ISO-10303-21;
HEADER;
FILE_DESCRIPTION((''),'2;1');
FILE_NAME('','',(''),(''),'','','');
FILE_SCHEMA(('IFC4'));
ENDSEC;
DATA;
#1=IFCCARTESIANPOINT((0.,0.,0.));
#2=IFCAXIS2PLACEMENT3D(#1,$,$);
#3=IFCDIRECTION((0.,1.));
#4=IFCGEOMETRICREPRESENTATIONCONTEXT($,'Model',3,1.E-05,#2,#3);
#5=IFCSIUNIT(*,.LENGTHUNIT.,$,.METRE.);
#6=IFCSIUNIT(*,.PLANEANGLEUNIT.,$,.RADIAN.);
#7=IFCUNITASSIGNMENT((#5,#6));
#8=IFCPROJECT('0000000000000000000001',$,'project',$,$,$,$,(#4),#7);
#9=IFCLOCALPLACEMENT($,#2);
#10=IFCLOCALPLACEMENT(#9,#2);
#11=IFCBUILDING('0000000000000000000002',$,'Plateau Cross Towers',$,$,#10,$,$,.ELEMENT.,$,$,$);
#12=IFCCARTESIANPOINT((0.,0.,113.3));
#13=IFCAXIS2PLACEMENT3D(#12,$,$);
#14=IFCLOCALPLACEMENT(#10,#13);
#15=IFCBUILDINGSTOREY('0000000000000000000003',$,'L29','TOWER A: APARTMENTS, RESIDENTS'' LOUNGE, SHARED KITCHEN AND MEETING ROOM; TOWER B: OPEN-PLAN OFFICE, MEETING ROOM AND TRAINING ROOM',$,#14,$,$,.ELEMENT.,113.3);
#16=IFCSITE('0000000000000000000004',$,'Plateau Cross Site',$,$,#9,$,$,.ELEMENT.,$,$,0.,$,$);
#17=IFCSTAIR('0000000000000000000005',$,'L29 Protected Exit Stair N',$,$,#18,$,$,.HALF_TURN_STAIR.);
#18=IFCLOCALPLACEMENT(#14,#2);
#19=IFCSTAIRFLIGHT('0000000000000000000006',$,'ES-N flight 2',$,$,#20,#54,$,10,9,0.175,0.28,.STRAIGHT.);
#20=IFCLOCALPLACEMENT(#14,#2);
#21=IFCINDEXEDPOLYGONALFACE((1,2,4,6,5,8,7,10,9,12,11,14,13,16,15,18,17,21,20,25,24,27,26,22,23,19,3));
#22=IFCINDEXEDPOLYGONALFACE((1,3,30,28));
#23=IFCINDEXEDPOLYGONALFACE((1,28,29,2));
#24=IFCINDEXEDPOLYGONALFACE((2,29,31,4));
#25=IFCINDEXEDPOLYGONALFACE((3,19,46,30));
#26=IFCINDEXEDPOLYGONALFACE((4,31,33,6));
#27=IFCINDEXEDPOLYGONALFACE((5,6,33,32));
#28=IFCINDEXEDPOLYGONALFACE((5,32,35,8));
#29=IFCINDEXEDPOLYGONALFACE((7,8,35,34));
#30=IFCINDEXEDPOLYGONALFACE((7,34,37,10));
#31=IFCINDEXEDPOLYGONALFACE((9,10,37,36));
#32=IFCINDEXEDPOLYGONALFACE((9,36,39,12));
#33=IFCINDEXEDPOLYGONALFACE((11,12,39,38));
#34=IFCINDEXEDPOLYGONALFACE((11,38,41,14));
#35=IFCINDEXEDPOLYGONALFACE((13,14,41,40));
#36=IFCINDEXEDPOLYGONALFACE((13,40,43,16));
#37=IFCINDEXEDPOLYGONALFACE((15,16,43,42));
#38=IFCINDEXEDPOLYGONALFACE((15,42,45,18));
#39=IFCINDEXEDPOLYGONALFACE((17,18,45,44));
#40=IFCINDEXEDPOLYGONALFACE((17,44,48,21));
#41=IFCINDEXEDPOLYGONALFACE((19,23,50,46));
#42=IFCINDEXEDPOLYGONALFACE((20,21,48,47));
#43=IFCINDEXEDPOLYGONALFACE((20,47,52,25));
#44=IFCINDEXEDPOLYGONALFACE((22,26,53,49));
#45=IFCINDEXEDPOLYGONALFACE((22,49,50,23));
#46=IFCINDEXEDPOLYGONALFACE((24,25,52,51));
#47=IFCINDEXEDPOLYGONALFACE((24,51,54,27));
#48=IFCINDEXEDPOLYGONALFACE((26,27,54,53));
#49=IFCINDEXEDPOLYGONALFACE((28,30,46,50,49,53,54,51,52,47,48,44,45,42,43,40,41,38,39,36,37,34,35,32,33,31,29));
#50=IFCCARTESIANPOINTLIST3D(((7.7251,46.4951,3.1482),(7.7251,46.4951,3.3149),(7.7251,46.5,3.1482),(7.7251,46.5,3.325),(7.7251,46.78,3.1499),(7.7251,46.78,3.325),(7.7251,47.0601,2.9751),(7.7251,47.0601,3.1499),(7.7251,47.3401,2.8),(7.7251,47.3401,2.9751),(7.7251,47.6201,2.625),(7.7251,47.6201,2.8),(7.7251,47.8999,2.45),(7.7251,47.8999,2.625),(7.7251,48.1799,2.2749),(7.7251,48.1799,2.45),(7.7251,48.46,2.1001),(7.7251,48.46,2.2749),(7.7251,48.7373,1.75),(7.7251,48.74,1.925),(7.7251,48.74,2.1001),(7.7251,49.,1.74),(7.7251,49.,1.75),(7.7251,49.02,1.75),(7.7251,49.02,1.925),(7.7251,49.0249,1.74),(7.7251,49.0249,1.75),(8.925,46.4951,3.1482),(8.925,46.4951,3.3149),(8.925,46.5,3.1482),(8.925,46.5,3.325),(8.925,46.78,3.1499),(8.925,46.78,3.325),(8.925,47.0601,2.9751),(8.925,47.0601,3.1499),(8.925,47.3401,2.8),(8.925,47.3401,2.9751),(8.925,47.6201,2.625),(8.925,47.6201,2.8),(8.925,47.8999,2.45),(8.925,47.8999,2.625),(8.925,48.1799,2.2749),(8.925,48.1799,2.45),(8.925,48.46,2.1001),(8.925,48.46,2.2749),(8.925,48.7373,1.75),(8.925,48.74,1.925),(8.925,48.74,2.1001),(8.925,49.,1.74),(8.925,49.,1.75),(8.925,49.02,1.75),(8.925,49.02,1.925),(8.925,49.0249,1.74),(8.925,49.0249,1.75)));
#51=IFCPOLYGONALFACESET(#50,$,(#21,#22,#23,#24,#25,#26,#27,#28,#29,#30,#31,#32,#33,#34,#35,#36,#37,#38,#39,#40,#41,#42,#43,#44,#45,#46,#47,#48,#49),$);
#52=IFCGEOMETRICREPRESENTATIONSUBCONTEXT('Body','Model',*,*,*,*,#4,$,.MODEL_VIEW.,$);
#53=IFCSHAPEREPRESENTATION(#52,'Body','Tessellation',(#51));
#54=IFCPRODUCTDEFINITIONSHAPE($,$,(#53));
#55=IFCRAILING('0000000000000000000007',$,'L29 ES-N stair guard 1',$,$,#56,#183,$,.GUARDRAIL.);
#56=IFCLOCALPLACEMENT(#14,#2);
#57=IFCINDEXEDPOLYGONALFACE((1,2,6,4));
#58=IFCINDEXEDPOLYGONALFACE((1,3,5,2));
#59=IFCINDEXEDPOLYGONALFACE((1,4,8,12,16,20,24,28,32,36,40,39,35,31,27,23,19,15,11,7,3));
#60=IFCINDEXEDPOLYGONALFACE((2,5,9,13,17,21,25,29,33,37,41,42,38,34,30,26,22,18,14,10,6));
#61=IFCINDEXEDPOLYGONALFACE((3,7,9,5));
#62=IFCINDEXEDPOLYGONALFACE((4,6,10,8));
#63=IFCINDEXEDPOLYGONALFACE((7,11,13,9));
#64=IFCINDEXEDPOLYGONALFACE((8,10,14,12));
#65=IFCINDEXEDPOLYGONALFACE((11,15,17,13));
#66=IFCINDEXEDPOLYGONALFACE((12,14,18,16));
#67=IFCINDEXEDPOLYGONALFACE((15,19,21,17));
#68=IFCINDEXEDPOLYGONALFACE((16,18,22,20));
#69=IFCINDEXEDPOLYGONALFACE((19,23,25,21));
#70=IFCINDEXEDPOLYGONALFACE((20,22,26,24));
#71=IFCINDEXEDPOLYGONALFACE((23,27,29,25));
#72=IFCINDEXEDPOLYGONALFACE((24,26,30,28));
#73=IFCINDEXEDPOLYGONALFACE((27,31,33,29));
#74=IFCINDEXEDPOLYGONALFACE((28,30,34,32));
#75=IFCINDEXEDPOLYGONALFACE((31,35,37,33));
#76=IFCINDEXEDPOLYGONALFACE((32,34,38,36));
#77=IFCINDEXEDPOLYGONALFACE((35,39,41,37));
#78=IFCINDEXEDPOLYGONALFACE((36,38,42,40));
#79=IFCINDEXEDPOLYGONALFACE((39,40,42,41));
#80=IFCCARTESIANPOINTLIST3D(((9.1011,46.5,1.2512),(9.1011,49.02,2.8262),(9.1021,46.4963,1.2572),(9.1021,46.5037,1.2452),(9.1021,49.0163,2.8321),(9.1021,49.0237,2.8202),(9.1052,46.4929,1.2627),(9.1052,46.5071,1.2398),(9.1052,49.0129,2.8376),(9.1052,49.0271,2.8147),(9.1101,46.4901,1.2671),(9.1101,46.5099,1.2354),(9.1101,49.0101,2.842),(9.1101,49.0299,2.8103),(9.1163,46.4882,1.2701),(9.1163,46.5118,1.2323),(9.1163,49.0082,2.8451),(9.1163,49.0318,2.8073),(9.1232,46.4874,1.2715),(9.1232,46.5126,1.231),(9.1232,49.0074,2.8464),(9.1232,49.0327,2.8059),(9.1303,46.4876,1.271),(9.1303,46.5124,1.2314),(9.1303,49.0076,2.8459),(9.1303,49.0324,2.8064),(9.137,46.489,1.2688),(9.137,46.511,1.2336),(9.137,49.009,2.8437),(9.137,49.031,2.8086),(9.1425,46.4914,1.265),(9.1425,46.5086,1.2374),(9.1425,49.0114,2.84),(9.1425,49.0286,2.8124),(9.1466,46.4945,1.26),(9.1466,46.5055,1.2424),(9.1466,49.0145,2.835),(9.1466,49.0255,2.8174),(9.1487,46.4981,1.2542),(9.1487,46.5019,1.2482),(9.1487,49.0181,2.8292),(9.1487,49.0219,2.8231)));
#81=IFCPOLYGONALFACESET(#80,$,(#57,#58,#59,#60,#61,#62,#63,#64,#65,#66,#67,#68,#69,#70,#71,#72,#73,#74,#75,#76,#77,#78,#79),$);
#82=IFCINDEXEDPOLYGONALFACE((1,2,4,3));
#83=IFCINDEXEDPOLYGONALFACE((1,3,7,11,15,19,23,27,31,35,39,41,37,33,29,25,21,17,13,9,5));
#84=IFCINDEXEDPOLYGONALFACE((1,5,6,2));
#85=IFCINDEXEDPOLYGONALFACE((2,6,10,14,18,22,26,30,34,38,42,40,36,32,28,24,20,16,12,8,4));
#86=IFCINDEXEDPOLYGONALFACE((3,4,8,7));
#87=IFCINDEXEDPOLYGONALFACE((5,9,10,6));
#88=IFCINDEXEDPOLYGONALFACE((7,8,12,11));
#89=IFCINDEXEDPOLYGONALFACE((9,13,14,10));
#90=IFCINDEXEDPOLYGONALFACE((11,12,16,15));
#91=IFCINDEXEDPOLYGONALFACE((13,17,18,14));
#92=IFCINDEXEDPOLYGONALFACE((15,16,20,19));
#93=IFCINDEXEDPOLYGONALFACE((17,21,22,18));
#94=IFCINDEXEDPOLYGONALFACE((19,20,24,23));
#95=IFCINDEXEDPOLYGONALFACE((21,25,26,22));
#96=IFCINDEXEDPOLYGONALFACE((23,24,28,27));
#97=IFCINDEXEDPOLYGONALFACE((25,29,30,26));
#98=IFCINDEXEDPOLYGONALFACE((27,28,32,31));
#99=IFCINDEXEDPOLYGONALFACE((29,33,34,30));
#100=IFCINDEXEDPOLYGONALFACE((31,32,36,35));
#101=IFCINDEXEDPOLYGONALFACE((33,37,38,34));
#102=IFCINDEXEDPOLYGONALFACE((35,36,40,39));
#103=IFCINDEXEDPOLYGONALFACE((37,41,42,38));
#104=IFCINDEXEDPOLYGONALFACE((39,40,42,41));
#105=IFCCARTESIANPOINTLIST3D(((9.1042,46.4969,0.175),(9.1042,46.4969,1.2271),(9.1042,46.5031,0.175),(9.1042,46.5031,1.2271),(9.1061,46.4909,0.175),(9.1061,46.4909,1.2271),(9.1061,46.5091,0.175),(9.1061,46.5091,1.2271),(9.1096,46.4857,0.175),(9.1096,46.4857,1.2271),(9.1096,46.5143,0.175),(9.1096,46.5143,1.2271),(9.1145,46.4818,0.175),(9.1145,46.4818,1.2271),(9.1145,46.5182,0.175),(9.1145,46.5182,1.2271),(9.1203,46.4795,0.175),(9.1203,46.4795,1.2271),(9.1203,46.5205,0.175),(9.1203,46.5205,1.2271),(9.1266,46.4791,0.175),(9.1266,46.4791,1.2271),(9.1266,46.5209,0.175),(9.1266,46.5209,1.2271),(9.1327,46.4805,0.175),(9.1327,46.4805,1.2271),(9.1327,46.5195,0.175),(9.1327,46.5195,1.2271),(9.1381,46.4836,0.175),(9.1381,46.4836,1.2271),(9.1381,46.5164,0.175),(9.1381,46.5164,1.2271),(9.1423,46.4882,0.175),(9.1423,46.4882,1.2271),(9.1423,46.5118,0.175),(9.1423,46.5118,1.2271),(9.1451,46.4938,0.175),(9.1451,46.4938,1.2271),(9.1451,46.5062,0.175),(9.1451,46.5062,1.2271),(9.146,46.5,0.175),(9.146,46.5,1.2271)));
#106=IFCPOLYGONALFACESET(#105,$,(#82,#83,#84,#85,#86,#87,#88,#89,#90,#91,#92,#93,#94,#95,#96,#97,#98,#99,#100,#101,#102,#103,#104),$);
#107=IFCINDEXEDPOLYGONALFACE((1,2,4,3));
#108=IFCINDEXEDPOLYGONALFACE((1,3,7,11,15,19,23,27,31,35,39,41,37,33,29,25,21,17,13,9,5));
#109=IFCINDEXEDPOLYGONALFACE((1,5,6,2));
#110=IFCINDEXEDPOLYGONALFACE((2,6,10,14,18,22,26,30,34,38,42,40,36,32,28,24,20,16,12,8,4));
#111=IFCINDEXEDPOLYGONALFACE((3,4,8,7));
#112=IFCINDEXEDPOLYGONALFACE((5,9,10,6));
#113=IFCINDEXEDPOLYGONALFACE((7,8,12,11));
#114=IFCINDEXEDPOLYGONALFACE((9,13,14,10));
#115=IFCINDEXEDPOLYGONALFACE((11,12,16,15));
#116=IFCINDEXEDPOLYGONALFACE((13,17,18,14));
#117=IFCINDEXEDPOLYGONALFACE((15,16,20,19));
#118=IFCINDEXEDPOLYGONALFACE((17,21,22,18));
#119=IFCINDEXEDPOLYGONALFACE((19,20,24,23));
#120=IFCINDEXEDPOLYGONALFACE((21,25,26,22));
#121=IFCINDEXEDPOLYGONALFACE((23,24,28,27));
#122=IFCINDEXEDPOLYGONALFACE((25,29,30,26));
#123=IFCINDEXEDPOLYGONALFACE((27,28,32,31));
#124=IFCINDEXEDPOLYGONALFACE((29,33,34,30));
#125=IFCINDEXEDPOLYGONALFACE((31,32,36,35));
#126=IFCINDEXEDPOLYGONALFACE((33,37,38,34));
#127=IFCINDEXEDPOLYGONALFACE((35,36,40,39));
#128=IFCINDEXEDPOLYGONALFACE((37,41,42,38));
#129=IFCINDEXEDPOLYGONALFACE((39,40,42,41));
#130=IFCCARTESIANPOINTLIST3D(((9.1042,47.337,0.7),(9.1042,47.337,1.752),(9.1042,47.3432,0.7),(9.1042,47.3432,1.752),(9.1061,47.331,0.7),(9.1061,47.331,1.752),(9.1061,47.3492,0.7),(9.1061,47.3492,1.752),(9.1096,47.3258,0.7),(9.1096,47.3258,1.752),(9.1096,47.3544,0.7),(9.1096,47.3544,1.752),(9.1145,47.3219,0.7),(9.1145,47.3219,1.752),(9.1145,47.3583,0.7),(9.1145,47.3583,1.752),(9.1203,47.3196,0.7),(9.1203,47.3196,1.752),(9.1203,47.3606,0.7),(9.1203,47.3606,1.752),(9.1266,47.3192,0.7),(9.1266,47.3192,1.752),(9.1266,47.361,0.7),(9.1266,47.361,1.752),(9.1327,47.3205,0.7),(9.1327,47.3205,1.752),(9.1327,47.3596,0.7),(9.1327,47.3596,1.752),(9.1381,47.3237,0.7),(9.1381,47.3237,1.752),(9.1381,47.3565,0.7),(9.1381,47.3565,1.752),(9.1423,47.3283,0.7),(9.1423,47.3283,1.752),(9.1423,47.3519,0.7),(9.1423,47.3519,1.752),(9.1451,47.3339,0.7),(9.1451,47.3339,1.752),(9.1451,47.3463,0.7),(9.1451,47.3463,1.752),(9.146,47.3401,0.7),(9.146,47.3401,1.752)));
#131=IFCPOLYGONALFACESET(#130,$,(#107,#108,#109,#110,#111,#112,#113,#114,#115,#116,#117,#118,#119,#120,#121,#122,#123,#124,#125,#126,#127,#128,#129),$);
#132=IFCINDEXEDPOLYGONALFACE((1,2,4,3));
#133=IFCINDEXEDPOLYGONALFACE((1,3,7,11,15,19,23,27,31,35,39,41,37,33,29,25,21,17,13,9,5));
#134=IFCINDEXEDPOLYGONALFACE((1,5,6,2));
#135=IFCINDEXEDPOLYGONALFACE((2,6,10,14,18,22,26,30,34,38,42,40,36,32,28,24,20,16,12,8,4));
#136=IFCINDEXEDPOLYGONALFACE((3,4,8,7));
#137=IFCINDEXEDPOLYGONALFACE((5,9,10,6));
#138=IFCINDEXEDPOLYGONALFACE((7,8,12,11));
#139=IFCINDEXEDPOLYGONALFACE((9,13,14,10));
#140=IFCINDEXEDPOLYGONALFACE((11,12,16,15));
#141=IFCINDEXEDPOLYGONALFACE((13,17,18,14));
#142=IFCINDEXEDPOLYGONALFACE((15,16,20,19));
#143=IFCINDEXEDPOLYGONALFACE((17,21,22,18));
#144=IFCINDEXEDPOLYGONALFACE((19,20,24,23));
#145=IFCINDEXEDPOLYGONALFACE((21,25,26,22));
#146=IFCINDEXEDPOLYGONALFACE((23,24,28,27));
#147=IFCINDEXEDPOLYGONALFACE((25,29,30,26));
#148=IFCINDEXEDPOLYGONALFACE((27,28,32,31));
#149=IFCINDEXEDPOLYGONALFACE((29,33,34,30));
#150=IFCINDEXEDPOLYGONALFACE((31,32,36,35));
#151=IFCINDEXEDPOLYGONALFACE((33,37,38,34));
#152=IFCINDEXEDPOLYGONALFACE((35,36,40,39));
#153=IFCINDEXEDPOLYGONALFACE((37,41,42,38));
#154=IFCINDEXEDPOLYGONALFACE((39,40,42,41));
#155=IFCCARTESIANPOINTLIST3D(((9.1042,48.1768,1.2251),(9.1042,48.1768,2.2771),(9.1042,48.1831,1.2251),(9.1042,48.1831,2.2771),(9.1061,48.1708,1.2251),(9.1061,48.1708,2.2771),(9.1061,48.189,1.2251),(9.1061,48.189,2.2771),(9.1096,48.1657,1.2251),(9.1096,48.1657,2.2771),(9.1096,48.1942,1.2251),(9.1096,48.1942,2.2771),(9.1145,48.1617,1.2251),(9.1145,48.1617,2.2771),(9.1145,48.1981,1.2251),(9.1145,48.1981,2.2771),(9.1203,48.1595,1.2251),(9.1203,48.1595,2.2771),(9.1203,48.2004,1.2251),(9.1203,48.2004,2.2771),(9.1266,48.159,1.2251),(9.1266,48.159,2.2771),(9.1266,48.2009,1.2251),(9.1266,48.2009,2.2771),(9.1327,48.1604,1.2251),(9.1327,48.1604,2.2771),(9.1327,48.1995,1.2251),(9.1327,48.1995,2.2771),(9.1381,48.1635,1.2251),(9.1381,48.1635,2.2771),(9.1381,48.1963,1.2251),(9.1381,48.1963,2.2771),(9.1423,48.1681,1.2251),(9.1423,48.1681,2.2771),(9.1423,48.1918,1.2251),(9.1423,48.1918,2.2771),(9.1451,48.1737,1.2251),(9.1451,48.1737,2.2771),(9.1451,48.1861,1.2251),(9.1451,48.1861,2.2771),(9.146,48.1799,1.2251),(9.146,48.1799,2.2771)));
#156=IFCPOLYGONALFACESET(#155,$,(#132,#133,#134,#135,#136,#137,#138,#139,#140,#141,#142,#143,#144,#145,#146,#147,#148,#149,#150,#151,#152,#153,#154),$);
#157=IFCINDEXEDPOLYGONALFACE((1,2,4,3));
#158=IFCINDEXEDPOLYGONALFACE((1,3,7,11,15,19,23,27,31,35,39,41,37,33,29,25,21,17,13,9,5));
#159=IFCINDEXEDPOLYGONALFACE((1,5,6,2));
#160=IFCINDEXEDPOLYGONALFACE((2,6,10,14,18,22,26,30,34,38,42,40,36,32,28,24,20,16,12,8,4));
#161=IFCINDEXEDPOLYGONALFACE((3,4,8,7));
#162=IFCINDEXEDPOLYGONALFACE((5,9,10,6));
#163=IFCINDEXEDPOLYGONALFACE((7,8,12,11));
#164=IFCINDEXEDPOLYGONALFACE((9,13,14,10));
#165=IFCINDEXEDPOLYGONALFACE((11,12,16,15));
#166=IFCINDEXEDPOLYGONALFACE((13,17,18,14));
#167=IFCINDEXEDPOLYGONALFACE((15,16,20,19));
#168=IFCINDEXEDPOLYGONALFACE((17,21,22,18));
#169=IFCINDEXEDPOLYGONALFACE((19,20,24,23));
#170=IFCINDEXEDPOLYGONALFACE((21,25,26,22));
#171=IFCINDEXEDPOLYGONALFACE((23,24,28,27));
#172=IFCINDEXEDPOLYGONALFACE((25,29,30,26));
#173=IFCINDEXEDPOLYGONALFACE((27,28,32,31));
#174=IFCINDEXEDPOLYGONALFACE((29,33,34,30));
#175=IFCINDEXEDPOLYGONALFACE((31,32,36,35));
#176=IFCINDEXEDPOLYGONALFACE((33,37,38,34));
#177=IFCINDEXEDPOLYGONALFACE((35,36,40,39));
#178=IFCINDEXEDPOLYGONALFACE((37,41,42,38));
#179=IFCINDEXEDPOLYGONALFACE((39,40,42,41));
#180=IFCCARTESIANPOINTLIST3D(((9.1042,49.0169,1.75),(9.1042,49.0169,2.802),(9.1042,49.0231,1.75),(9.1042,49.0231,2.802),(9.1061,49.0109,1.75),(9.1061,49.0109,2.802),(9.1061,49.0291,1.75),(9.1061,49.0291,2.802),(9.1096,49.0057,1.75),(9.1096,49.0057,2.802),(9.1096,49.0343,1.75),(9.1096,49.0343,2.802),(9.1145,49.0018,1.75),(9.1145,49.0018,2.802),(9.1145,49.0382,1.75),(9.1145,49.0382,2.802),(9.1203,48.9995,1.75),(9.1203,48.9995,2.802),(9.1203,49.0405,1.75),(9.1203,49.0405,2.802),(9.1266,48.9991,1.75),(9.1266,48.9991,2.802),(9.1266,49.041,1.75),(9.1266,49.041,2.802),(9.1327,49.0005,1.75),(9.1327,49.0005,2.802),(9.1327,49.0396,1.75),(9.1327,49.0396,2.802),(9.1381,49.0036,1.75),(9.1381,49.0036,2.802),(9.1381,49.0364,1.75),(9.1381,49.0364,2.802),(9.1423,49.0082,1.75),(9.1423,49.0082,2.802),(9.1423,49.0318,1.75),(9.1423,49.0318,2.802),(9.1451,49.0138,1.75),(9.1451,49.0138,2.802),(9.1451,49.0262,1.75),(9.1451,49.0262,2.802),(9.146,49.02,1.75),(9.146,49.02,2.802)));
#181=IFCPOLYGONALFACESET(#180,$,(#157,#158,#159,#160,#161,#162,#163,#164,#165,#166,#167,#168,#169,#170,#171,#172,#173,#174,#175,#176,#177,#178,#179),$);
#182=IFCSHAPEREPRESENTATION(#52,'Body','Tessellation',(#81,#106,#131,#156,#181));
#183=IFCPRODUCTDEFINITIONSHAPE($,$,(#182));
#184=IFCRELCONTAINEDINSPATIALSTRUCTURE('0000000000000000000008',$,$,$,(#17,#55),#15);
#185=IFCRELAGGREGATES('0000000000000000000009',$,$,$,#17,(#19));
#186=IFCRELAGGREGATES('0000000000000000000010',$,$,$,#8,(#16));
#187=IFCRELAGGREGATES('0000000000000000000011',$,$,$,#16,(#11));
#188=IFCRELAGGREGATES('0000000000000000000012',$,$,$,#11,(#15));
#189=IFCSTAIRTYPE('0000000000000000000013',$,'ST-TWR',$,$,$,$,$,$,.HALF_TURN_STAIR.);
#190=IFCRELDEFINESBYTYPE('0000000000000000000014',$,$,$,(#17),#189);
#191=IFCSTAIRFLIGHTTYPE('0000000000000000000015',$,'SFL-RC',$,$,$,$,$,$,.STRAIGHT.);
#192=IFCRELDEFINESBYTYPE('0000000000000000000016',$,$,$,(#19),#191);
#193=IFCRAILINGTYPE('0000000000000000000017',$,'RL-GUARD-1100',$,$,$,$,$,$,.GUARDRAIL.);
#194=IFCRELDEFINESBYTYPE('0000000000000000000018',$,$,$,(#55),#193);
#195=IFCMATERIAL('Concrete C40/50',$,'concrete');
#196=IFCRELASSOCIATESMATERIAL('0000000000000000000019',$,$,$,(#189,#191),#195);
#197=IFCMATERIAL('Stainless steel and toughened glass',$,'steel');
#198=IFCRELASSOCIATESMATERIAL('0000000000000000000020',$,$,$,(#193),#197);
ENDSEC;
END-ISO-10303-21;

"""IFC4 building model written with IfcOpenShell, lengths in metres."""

from ifc_helpers import new_model, si_unit, direction, frame, origin, origin_2d, place, context, subcontext, project, spatial, polyline, circle, outline, extrude, material, type_object, element, aggregate, save


model = new_model("IFC4")

# Units and contexts
model_context = context("Model", 3, precision=1e-05, world=origin(), true_north=direction((0.0, 1.0)))
body_context = subcontext(model_context, "Body", "Model", "MODEL_VIEW")
ifc_project = project(units=[si_unit("LENGTHUNIT", "METRE"), si_unit("PLANEANGLEUNIT", "RADIAN")], contexts=[model_context])

# Site, building, storey
site_placement = place(None, origin())
site = spatial("IfcSite", under=ifc_project, at=site_placement, Name="Plateau Cross Site", CompositionType="ELEMENT", RefElevation=0.0)
building_placement = place(site_placement, origin())
building = spatial("IfcBuilding", under=site, at=building_placement, Name="Plateau Cross Towers", CompositionType="ELEMENT")
storey_placement = place(building_placement, frame((0.0, 0.0, 113.3)))
storey = spatial("IfcBuildingStorey", under=building, at=storey_placement, Name="L29", Description="TOWER A: APARTMENTS, RESIDENTS' LOUNGE, SHARED KITCHEN AND MEETING ROOM; TOWER B: OPEN-PLAN OFFICE, MEETING ROOM AND TRAINING ROOM", CompositionType="ELEMENT", Elevation=113.3)

# Stair, stair flight
ifc_material_1 = material(Name="Concrete C40/50", Category="concrete")
stair_type = type_object("IfcStairType", Name="ST-TWR", PredefinedType="HALF_TURN_STAIR", material=ifc_material_1)
stair_placement = place(storey_placement, origin())
stair = element("IfcStair", 1, at=stair_placement, inside=storey, type_object=stair_type, Name="L29 Protected Exit Stair N", PredefinedType="HALF_TURN_STAIR")
stair_flight_type = type_object("IfcStairFlightType", Name="SFL-RC", PredefinedType="STRAIGHT", material=ifc_material_1)
stair_flight_1_placement = place(storey_placement, frame((8.325, 49.02, 1.75), z_axis=(0.0, 0.0, 1.0), x_axis=(0.0, -1.0, 0.0)))
stair_flight_1 = element("IfcStairFlight", 2, at=stair_flight_1_placement, type_object=stair_flight_type, Name="ES-N flight 2", NumberOfRisers=10, NumberOfTreads=9, PredefinedType="STRAIGHT", RiserHeight=0.175, TreadLength=0.28, context=body_context, shape_type="SweptSolid", body=[
    extrude(outline(polyline([(-0.0049, -0.01), (-0.0049, 0.0), (0.0, 0.0), (0.0, 0.175), (0.28, 0.175), (0.28, 0.3501), (0.5601, 0.3501), (0.5601, 0.5249), (0.8401, 0.5249), (0.8401, 0.7), (1.1201, 0.7), (1.1201, 0.875), (1.3999, 0.875), (1.3999, 1.05), (1.6799, 1.05), (1.6799, 1.2251), (1.96, 1.2251), (1.96, 1.3999), (2.24, 1.3999), (2.24, 1.575), (2.52, 1.575), (2.5249, 1.5649), (2.5249, 1.3982), (2.52, 1.3982), (0.2827, 0.0), (0.02, 0.0), (0.02, -0.01), (-0.0049, -0.01)])), frame((0.0, 0.6001, 0.0), z_axis=(0.0, -1.0, 0.0), x_axis=(1.0, 0.0, 0.0)), (0.0, 0.0, 1.0), 1.2),
])
aggregate(stair, [stair_flight_1])

# Railing
ifc_material_2 = material(Name="Stainless steel and toughened glass", Category="steel")
railing_type_1 = type_object("IfcRailingType", Name="RL-GUARD-1100", PredefinedType="GUARDRAIL", material=ifc_material_2)
railing_1_placement = place(storey_placement, frame((9.125, 46.5, 0.175)))
element("IfcRailing", 3, at=railing_1_placement, inside=storey, type_object=railing_type_1, Name="L29 ES-N stair guard 1", PredefinedType="GUARDRAIL", context=body_context, shape_type="SweptSolid", body=[
    extrude(circle(Radius=0.0239, at=origin_2d()), frame((0.0, 0.0, 1.0762), z_axis=(0.0, 0.848008, 0.529984), x_axis=(-1.0, 0.0, 0.0)), (0.0, 0.0, 1.0), 2.9717),
    extrude(circle(Radius=0.021, at=origin_2d()), origin(), (0.0, 0.0, 1.0), 1.052),
    extrude(circle(Radius=0.021, at=origin_2d()), frame((0.0, 0.8401, 0.5249)), (0.0, 0.0, 1.0), 1.052),
    extrude(circle(Radius=0.021, at=origin_2d()), frame((0.0, 1.6799, 1.05)), (0.0, 0.0, 1.0), 1.052),
    extrude(circle(Radius=0.021, at=origin_2d()), frame((0.0, 2.52, 1.575)), (0.0, 0.0, 1.0), 1.052),
])

save(model, "model.ifc")
